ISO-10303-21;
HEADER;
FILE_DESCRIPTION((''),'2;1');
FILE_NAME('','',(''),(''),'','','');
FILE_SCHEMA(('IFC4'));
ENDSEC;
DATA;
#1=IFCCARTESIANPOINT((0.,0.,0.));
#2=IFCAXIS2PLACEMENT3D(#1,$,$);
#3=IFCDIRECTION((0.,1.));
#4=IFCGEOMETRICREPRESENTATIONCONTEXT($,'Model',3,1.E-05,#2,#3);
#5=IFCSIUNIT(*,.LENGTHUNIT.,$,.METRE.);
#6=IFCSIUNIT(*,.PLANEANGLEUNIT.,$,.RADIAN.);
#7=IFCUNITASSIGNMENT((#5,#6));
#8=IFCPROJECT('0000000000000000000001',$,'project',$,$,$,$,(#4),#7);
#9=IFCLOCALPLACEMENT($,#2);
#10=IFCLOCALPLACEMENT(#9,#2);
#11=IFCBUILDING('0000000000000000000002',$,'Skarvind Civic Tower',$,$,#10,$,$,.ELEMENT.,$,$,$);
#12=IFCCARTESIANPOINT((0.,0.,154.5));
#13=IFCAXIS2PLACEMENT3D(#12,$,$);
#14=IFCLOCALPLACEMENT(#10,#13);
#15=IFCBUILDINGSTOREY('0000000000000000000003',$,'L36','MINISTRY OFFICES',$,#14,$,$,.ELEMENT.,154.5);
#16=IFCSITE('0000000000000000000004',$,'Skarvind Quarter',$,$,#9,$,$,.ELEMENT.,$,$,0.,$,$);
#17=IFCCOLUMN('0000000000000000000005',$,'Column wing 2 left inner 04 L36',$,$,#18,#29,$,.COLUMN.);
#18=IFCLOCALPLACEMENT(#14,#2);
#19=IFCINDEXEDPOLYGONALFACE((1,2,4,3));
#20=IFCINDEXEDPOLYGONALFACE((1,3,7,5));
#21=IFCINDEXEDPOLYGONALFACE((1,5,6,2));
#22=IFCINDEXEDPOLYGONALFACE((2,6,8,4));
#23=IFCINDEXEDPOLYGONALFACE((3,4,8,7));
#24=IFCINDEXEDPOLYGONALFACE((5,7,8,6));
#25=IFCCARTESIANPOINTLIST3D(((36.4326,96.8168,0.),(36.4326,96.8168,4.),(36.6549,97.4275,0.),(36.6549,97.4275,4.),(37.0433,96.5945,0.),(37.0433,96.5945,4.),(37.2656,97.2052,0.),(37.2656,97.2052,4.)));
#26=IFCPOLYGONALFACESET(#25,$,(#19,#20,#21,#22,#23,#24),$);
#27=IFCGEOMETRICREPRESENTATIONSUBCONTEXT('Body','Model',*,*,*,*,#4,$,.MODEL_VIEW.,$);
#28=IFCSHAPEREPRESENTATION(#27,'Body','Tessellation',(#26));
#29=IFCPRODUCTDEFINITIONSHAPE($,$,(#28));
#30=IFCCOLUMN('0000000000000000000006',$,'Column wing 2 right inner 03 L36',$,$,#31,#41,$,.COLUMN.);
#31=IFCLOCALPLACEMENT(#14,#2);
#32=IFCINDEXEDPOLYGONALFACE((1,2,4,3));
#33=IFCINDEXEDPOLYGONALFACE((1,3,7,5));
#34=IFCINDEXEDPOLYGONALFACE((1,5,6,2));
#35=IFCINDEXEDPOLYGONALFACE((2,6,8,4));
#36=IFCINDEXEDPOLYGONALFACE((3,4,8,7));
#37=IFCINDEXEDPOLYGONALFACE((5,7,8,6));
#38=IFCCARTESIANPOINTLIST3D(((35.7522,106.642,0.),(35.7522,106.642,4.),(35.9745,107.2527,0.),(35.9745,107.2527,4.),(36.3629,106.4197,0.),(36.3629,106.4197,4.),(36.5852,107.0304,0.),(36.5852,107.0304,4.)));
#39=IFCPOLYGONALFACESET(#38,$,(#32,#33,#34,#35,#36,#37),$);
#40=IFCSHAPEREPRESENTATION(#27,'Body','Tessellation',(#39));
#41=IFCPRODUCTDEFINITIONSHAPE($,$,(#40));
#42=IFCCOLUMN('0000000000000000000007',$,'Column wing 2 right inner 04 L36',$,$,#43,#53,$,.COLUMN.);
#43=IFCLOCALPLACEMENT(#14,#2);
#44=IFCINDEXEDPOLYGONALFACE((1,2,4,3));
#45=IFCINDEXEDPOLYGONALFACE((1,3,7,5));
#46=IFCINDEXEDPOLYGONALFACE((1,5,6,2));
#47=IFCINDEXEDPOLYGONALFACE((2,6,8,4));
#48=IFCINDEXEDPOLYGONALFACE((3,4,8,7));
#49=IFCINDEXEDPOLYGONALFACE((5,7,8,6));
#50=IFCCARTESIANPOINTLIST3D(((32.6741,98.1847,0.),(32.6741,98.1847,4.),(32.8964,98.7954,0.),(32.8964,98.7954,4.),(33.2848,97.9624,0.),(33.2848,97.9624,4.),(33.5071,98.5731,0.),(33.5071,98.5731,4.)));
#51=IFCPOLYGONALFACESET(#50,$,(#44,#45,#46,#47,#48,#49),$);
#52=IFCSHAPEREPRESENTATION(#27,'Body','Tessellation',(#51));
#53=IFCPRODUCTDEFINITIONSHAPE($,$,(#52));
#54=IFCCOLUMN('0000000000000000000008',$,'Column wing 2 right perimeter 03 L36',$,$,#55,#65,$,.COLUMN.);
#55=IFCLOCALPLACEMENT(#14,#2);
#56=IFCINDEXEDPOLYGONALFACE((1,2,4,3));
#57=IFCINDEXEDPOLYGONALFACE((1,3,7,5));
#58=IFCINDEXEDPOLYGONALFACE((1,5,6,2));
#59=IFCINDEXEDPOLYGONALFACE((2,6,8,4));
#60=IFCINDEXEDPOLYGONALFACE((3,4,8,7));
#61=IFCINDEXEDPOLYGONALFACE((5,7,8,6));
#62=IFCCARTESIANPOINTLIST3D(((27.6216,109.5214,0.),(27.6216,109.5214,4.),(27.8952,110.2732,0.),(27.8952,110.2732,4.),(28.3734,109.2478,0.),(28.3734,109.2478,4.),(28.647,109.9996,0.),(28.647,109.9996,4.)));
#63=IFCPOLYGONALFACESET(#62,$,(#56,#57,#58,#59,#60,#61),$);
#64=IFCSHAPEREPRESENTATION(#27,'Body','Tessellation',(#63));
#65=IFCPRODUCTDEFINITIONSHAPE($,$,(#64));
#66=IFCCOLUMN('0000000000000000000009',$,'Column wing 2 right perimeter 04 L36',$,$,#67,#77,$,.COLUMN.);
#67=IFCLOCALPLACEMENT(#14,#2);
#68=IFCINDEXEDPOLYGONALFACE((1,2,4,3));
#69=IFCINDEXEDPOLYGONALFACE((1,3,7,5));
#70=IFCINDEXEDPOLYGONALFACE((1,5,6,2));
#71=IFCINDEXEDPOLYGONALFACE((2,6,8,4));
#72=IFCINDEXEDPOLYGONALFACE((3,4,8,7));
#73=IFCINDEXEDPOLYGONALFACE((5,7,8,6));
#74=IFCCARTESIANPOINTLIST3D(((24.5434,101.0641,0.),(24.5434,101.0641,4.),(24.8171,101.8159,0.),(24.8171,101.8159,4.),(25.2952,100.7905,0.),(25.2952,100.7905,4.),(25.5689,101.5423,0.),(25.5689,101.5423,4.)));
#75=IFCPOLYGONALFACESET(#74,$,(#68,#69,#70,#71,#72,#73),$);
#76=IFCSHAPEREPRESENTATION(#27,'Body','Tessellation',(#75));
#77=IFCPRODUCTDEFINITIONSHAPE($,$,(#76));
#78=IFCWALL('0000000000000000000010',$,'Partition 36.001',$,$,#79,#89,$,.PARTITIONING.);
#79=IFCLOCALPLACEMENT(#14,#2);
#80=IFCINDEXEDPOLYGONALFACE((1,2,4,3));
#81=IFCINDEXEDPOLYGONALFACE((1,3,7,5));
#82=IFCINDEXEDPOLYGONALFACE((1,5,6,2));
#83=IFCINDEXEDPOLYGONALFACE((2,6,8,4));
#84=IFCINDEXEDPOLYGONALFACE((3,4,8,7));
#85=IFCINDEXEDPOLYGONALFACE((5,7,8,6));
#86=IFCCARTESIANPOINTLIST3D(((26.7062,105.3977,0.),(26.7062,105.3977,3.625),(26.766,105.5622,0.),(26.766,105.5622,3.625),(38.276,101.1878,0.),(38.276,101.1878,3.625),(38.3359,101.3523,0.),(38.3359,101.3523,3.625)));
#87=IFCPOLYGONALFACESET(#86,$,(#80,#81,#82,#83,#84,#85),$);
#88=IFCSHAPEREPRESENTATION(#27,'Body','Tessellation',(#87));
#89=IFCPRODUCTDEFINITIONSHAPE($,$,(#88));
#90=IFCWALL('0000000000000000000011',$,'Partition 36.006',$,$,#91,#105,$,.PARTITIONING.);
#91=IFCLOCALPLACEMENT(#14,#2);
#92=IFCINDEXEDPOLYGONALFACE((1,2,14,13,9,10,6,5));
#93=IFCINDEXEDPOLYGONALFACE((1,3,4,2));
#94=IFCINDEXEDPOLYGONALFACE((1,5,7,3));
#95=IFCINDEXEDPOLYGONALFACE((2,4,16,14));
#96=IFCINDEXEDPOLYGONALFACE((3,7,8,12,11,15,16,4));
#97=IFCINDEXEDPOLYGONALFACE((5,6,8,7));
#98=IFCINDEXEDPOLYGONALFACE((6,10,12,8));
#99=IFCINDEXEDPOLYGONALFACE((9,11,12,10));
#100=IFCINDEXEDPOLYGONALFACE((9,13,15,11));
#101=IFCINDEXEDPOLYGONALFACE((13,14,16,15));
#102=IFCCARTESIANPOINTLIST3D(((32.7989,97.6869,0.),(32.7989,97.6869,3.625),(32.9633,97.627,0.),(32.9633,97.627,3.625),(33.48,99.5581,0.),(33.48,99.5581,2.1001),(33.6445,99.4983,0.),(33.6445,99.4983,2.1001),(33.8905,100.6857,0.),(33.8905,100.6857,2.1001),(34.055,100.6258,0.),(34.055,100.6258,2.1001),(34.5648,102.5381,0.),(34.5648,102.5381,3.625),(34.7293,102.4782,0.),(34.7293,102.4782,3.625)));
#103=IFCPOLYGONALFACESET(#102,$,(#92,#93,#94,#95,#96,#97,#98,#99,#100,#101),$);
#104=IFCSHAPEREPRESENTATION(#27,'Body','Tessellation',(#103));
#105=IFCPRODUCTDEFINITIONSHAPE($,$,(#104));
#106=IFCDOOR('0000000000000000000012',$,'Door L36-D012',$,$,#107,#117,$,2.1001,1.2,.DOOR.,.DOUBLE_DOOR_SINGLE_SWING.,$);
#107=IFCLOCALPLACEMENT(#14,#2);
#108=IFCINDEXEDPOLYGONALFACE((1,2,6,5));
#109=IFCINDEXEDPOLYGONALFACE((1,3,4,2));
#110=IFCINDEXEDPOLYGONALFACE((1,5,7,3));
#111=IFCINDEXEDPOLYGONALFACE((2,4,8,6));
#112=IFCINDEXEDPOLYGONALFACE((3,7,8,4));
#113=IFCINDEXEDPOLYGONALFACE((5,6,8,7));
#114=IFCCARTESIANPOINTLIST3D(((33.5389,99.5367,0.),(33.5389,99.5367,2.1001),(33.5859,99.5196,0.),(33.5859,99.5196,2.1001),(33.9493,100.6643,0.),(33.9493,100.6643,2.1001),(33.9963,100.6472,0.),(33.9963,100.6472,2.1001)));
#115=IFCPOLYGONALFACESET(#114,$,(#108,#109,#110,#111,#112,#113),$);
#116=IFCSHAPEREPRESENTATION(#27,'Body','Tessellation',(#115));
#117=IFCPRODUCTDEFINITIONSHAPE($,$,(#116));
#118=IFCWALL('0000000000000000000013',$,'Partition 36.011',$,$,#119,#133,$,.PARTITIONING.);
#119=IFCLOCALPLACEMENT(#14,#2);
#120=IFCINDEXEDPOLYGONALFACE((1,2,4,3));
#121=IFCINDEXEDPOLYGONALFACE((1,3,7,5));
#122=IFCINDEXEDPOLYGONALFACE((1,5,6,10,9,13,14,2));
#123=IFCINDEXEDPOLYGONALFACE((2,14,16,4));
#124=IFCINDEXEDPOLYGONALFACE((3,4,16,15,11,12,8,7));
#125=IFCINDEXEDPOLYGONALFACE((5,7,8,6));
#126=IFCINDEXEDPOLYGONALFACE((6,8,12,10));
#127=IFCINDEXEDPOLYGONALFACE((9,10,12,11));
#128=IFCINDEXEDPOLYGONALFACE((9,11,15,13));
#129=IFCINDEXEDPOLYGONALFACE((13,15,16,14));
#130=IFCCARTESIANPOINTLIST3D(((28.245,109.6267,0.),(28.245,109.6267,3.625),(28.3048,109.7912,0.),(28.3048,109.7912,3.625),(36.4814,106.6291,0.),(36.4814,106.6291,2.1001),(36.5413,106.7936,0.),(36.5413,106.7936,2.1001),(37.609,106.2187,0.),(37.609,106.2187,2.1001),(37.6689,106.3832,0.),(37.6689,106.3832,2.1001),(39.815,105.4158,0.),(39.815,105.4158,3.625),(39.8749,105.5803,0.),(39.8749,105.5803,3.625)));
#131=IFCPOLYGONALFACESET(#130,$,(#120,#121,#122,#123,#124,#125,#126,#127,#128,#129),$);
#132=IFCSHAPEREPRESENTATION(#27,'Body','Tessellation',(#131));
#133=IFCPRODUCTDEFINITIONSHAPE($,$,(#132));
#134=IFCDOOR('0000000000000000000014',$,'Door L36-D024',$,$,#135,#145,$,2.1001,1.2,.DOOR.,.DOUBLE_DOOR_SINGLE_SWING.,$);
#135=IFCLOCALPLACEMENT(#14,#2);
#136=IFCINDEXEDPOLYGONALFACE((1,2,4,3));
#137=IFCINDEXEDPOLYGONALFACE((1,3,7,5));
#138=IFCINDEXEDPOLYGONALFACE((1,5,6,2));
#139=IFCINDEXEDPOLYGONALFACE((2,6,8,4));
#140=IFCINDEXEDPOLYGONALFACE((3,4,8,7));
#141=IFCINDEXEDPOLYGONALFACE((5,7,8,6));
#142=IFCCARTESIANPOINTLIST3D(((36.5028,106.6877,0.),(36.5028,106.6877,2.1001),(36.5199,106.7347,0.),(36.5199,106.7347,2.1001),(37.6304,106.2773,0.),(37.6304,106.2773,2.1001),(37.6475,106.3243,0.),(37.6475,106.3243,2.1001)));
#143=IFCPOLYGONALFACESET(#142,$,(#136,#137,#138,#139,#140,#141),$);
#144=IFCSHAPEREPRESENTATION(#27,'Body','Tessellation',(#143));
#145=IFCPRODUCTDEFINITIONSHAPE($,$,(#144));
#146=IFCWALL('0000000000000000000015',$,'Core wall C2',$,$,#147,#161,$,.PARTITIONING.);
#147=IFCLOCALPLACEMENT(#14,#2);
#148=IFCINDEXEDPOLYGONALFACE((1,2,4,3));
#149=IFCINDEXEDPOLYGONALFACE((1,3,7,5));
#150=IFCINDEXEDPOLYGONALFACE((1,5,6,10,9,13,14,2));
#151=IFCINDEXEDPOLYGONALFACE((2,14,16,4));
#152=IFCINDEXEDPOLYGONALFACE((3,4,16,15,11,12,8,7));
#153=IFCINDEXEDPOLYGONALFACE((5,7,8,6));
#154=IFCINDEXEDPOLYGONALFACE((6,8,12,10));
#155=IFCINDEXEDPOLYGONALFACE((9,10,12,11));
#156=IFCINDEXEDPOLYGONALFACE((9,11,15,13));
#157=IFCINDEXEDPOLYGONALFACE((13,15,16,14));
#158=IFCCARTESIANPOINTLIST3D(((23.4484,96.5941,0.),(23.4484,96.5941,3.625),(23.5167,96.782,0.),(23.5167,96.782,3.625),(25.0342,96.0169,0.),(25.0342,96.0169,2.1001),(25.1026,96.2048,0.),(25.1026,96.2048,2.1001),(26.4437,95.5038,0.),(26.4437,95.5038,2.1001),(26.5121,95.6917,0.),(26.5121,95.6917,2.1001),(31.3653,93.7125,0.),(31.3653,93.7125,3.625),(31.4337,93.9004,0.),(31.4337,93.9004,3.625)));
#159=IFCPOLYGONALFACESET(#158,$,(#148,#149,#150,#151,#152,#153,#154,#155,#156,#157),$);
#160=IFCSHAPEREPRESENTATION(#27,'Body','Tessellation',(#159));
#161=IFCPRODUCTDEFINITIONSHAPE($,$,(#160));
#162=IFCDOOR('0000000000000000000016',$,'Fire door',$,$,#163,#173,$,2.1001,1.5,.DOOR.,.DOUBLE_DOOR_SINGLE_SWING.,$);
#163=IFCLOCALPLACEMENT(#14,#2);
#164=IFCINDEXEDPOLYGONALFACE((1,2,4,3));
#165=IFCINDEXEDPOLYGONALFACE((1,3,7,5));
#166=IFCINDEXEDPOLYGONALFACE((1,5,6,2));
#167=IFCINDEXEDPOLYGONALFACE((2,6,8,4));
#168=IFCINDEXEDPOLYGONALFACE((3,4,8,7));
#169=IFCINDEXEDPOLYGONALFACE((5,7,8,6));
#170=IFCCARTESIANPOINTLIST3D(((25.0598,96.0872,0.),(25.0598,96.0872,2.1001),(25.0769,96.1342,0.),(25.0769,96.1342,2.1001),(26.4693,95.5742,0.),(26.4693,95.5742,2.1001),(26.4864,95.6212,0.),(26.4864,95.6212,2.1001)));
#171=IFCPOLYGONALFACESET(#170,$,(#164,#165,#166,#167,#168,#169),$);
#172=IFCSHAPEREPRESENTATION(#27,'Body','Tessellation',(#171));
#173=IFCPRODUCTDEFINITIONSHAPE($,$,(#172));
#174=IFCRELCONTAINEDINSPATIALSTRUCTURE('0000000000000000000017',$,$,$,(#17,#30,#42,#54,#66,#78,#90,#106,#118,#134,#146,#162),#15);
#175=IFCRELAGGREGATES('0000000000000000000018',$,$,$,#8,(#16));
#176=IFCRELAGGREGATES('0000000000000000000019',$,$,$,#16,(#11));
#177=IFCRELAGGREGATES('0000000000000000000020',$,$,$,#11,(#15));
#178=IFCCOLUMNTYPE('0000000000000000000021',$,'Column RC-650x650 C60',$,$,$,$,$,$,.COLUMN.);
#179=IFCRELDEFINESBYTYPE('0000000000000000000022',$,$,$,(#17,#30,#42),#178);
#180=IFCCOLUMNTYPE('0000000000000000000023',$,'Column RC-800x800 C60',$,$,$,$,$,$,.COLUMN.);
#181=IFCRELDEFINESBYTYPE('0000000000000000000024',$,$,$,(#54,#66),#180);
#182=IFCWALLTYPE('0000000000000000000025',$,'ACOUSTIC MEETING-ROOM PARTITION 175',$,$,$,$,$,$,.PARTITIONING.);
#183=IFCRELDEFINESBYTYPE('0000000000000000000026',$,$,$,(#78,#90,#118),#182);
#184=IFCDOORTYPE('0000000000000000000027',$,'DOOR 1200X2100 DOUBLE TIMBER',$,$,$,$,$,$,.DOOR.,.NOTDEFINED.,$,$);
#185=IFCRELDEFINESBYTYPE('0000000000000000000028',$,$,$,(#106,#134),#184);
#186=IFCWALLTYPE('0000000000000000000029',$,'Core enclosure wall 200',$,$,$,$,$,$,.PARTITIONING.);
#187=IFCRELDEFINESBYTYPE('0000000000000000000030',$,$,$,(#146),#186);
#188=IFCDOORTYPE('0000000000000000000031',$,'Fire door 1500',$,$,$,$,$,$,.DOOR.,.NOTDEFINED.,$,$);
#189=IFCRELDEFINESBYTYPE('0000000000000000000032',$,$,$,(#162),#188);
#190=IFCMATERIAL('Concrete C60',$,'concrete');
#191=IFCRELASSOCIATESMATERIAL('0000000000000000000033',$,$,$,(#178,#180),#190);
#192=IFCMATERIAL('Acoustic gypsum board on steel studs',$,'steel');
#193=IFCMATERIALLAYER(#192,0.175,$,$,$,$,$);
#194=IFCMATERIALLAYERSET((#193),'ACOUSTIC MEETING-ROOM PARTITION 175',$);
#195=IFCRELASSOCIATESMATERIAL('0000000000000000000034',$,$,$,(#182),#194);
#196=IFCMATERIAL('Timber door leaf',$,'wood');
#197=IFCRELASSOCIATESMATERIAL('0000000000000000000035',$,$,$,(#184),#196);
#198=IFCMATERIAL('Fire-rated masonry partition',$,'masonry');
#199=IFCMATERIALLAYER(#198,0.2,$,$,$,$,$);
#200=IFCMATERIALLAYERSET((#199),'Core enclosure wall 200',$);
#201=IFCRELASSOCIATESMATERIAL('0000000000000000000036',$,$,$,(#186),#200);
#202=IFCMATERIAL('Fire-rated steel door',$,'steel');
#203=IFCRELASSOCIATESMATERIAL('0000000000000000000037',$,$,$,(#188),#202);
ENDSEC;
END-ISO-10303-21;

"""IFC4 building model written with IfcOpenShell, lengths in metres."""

from ifc_helpers import new_model, si_unit, direction, frame, frame_2d, origin, origin_2d, place, context, subcontext, project, spatial, rectangle, extrude, material, layer, layer_set, material_profile, profile_set, type_object, element, fill, save


model = new_model("IFC4")

# Units and contexts
model_context = context("Model", 3, precision=1e-05, world=origin(), true_north=direction((0.0, 1.0)))
body_context = subcontext(model_context, "Body", "Model", "MODEL_VIEW")
ifc_project = project(units=[si_unit("LENGTHUNIT", "METRE"), si_unit("PLANEANGLEUNIT", "RADIAN")], contexts=[model_context])

# Site, building, storey
site_placement = place(None, origin())
site = spatial("IfcSite", under=ifc_project, at=site_placement, Name="Skarvind Quarter", CompositionType="ELEMENT", RefElevation=0.0)
building_placement = place(site_placement, origin())
building = spatial("IfcBuilding", under=site, at=building_placement, Name="Skarvind Civic Tower", CompositionType="ELEMENT")
storey_placement = place(building_placement, frame((0.0, 0.0, 154.5)))
storey = spatial("IfcBuildingStorey", under=building, at=storey_placement, Name="L36", Description="MINISTRY OFFICES", CompositionType="ELEMENT", Elevation=154.5)

# Columns
ifc_material_1 = material(Name="Concrete C60", Category="concrete")
ifc_material_profile_1 = material_profile(ifc_material_1, rectangle(XDim=0.6499, YDim=0.6499, at=origin_2d()), Name="RC-650x650")
ifc_profile_set_1 = profile_set([ifc_material_profile_1], Name="Concrete C60")
column_type_1 = type_object("IfcColumnType", Name="Column RC-650x650 C60", PredefinedType="COLUMN", material=ifc_profile_set_1)
for number, where, z_axis, x_axis, name in (
    (1, (36.8491, 97.011, 0.0), (0.0, 0.0, 1.0), (-0.34202, -0.939693, 0.0), "Column wing 2 left inner 04 L36"),
    (2, (36.1687, 106.8362, 0.0), (0.0, 0.0, 1.0), (-0.34202, -0.939693, 0.0), "Column wing 2 right inner 03 L36"),
    (3, (33.0906, 98.3789, 0.0), (0.0, 0.0, 1.0), (-0.34202, -0.939693, 0.0), "Column wing 2 right inner 04 L36"),
):
    element("IfcColumn", number, at=place(storey_placement, frame(where, z_axis=z_axis, x_axis=x_axis)), inside=storey, type_object=column_type_1, Name=name, PredefinedType="COLUMN", context=body_context, shape_type="SweptSolid", body=[
        extrude(rectangle(XDim=0.6499, YDim=0.6499, at=origin_2d()), origin(), (0.0, 0.0, 1.0), 4.0),
    ])
ifc_material_profile_2 = material_profile(ifc_material_1, rectangle(XDim=0.8, YDim=0.8, at=origin_2d()), Name="RC-800x800")
ifc_profile_set_2 = profile_set([ifc_material_profile_2], Name="Concrete C60")
column_type_2 = type_object("IfcColumnType", Name="Column RC-800x800 C60", PredefinedType="COLUMN", material=ifc_profile_set_2)
for number, where, z_axis, x_axis, name in (
    (4, (28.1343, 109.7605, 0.0), (0.0, 0.0, 1.0), (-0.34202, -0.939693, 0.0), "Column wing 2 right perimeter 03 L36"),
    (5, (25.0562, 101.3032, 0.0), (0.0, 0.0, 1.0), (-0.34202, -0.939693, 0.0), "Column wing 2 right perimeter 04 L36"),
):
    element("IfcColumn", number, at=place(storey_placement, frame(where, z_axis=z_axis, x_axis=x_axis)), inside=storey, type_object=column_type_2, Name=name, PredefinedType="COLUMN", context=body_context, shape_type="SweptSolid", body=[
        extrude(rectangle(XDim=0.8, YDim=0.8, at=origin_2d()), origin(), (0.0, 0.0, 1.0), 4.0),
    ])

# Wall
ifc_material_2 = material(Name="Acoustic gypsum board on steel studs", Category="steel")
ifc_layer_1 = layer(ifc_material_2, 0.175)
ifc_layer_set_1 = layer_set([ifc_layer_1], Name="ACOUSTIC MEETING-ROOM PARTITION 175")
wall_type_1 = type_object("IfcWallType", Name="ACOUSTIC MEETING-ROOM PARTITION 175", PredefinedType="PARTITIONING", material=ifc_layer_set_1)
wall_1_placement = place(storey_placement, frame((26.7361, 105.48, 0.0), z_axis=(0.0, 0.0, 1.0), x_axis=(0.939722, -0.34194, 0.0)))
element("IfcWall", 6, at=wall_1_placement, inside=storey, type_object=wall_type_1, Name="Partition 36.001", PredefinedType="PARTITIONING", context=body_context, shape_type="SweptSolid", body=[
    extrude(rectangle(XDim=12.312, YDim=0.175, at=frame_2d((6.156, 0.0))), origin(), (0.0, 0.0, 1.0), 3.625),
])

# Walls, openings, doors
wall_2_placement = place(storey_placement, frame((32.8811, 97.657, 0.0), z_axis=(0.0, 0.0, 1.0), x_axis=(0.342058, 0.939679, 0.0)))
wall_2 = element("IfcWall", 7, at=wall_2_placement, inside=storey, type_object=wall_type_1, Name="Partition 36.006", PredefinedType="PARTITIONING", context=body_context, shape_type="SweptSolid", body=[
    extrude(rectangle(XDim=5.1626, YDim=0.175, at=frame_2d((2.5813, 0.0))), origin(), (0.0, 0.0, 1.0), 3.625),
])
opening_1_placement = place(wall_2_placement, frame((1.9912, 0.0, 0.0)))
opening_1 = element("IfcOpeningElement", 8, at=opening_1_placement, cuts=wall_2, PredefinedType="OPENING", context=body_context, shape_type="SweptSolid", body=[
    extrude(rectangle(XDim=1.2, YDim=2.1001, at=frame_2d((0.6001, 1.05))), frame((0.0, 0.0974, 0.0), z_axis=(0.0, -1.0, 0.0), x_axis=(1.0, 0.0, 0.0)), (0.0, 0.0, 1.0), 0.1951),
])
ifc_material_3 = material(Name="Timber door leaf", Category="wood")
door_type_1 = type_object("IfcDoorType", Name="DOOR 1200X2100 DOUBLE TIMBER", OperationType="NOTDEFINED", PredefinedType="DOOR", material=ifc_material_3)
door_1_placement = place(opening_1_placement, origin())
door_1 = element("IfcDoor", 9, at=door_1_placement, inside=storey, type_object=door_type_1, Name="Door L36-D012", OperationType="DOUBLE_DOOR_SINGLE_SWING", OverallHeight=2.1001, OverallWidth=1.2, PredefinedType="DOOR", context=body_context, shape_type="SweptSolid", body=[
    extrude(rectangle(XDim=1.2, YDim=2.1001, at=frame_2d((0.6001, 1.05))), frame((0.0, 0.0249, 0.0), z_axis=(0.0, -1.0, 0.0), x_axis=(1.0, 0.0, 0.0)), (0.0, 0.0, 1.0), 0.05),
])
fill(opening_1, door_1)
wall_3_placement = place(storey_placement, frame((28.2749, 109.709, 0.0), z_axis=(0.0, 0.0, 1.0), x_axis=(0.939698, -0.342004, 0.0)))
wall_3 = element("IfcWall", 10, at=wall_3_placement, inside=storey, type_object=wall_type_1, Name="Partition 36.011", PredefinedType="PARTITIONING", context=body_context, shape_type="SweptSolid", body=[
    extrude(rectangle(XDim=12.3125, YDim=0.175, at=frame_2d((6.1562, 0.0))), origin(), (0.0, 0.0, 1.0), 3.625),
])
opening_2_placement = place(wall_3_placement, frame((8.7649, 0.0, 0.0)))
opening_2 = element("IfcOpeningElement", 11, at=opening_2_placement, cuts=wall_3, PredefinedType="OPENING", context=body_context, shape_type="SweptSolid", body=[
    extrude(rectangle(XDim=1.2, YDim=2.1001, at=frame_2d((0.6001, 1.05))), frame((0.0, 0.0974, 0.0), z_axis=(0.0, -1.0, 0.0), x_axis=(1.0, 0.0, 0.0)), (0.0, 0.0, 1.0), 0.1951),
])
door_2_placement = place(opening_2_placement, origin())
door_2 = element("IfcDoor", 12, at=door_2_placement, inside=storey, type_object=door_type_1, Name="Door L36-D024", OperationType="DOUBLE_DOOR_SINGLE_SWING", OverallHeight=2.1001, OverallWidth=1.2, PredefinedType="DOOR", context=body_context, shape_type="SweptSolid", body=[
    extrude(rectangle(XDim=1.2, YDim=2.1001, at=frame_2d((0.6001, 1.05))), frame((0.0, 0.0249, 0.0), z_axis=(0.0, -1.0, 0.0), x_axis=(1.0, 0.0, 0.0)), (0.0, 0.0, 1.0), 0.05),
])
fill(opening_2, door_2)
ifc_material_4 = material(Name="Fire-rated masonry partition", Category="masonry")
ifc_layer_2 = layer(ifc_material_4, 0.2)
ifc_layer_set_2 = layer_set([ifc_layer_2], Name="Core enclosure wall 200")
wall_type_2 = type_object("IfcWallType", Name="Core enclosure wall 200", PredefinedType="PARTITIONING", material=ifc_layer_set_2)
wall_4_placement = place(storey_placement, frame((23.4827, 96.688, 0.0), z_axis=(0.0, 0.0, 1.0), x_axis=(0.939691, -0.342025, 0.0)))
wall_4 = element("IfcWall", 13, at=wall_4_placement, inside=storey, type_object=wall_type_2, Name="Core wall C2", PredefinedType="PARTITIONING", context=body_context, shape_type="SweptSolid", body=[
    extrude(rectangle(XDim=8.425, YDim=0.2, at=frame_2d((4.2124, 0.0))), origin(), (0.0, 0.0, 1.0), 3.625),
])
opening_3_placement = place(wall_4_placement, frame((1.6875, 0.0, 0.0)))
opening_3 = element("IfcOpeningElement", 14, at=opening_3_placement, cuts=wall_4, PredefinedType="OPENING", context=body_context, shape_type="SweptSolid", body=[
    extrude(rectangle(XDim=1.5, YDim=2.1001, at=frame_2d((0.75, 1.05))), frame((0.0, 0.1099, 0.0), z_axis=(0.0, -1.0, 0.0), x_axis=(1.0, 0.0, 0.0)), (0.0, 0.0, 1.0), 0.22),
])
ifc_material_5 = material(Name="Fire-rated steel door", Category="steel")
door_type_2 = type_object("IfcDoorType", Name="Fire door 1500", OperationType="NOTDEFINED", PredefinedType="DOOR", material=ifc_material_5)
door_3_placement = place(opening_3_placement, origin())
door_3 = element("IfcDoor", 15, at=door_3_placement, inside=storey, type_object=door_type_2, Name="Fire door", OperationType="DOUBLE_DOOR_SINGLE_SWING", OverallHeight=2.1001, OverallWidth=1.5, PredefinedType="DOOR", context=body_context, shape_type="SweptSolid", body=[
    extrude(rectangle(XDim=1.5, YDim=2.1001, at=frame_2d((0.75, 1.05))), frame((0.0, 0.0249, 0.0), z_axis=(0.0, -1.0, 0.0), x_axis=(1.0, 0.0, 0.0)), (0.0, 0.0, 1.0), 0.05),
])
fill(opening_3, door_3)

save(model, "model.ifc")
